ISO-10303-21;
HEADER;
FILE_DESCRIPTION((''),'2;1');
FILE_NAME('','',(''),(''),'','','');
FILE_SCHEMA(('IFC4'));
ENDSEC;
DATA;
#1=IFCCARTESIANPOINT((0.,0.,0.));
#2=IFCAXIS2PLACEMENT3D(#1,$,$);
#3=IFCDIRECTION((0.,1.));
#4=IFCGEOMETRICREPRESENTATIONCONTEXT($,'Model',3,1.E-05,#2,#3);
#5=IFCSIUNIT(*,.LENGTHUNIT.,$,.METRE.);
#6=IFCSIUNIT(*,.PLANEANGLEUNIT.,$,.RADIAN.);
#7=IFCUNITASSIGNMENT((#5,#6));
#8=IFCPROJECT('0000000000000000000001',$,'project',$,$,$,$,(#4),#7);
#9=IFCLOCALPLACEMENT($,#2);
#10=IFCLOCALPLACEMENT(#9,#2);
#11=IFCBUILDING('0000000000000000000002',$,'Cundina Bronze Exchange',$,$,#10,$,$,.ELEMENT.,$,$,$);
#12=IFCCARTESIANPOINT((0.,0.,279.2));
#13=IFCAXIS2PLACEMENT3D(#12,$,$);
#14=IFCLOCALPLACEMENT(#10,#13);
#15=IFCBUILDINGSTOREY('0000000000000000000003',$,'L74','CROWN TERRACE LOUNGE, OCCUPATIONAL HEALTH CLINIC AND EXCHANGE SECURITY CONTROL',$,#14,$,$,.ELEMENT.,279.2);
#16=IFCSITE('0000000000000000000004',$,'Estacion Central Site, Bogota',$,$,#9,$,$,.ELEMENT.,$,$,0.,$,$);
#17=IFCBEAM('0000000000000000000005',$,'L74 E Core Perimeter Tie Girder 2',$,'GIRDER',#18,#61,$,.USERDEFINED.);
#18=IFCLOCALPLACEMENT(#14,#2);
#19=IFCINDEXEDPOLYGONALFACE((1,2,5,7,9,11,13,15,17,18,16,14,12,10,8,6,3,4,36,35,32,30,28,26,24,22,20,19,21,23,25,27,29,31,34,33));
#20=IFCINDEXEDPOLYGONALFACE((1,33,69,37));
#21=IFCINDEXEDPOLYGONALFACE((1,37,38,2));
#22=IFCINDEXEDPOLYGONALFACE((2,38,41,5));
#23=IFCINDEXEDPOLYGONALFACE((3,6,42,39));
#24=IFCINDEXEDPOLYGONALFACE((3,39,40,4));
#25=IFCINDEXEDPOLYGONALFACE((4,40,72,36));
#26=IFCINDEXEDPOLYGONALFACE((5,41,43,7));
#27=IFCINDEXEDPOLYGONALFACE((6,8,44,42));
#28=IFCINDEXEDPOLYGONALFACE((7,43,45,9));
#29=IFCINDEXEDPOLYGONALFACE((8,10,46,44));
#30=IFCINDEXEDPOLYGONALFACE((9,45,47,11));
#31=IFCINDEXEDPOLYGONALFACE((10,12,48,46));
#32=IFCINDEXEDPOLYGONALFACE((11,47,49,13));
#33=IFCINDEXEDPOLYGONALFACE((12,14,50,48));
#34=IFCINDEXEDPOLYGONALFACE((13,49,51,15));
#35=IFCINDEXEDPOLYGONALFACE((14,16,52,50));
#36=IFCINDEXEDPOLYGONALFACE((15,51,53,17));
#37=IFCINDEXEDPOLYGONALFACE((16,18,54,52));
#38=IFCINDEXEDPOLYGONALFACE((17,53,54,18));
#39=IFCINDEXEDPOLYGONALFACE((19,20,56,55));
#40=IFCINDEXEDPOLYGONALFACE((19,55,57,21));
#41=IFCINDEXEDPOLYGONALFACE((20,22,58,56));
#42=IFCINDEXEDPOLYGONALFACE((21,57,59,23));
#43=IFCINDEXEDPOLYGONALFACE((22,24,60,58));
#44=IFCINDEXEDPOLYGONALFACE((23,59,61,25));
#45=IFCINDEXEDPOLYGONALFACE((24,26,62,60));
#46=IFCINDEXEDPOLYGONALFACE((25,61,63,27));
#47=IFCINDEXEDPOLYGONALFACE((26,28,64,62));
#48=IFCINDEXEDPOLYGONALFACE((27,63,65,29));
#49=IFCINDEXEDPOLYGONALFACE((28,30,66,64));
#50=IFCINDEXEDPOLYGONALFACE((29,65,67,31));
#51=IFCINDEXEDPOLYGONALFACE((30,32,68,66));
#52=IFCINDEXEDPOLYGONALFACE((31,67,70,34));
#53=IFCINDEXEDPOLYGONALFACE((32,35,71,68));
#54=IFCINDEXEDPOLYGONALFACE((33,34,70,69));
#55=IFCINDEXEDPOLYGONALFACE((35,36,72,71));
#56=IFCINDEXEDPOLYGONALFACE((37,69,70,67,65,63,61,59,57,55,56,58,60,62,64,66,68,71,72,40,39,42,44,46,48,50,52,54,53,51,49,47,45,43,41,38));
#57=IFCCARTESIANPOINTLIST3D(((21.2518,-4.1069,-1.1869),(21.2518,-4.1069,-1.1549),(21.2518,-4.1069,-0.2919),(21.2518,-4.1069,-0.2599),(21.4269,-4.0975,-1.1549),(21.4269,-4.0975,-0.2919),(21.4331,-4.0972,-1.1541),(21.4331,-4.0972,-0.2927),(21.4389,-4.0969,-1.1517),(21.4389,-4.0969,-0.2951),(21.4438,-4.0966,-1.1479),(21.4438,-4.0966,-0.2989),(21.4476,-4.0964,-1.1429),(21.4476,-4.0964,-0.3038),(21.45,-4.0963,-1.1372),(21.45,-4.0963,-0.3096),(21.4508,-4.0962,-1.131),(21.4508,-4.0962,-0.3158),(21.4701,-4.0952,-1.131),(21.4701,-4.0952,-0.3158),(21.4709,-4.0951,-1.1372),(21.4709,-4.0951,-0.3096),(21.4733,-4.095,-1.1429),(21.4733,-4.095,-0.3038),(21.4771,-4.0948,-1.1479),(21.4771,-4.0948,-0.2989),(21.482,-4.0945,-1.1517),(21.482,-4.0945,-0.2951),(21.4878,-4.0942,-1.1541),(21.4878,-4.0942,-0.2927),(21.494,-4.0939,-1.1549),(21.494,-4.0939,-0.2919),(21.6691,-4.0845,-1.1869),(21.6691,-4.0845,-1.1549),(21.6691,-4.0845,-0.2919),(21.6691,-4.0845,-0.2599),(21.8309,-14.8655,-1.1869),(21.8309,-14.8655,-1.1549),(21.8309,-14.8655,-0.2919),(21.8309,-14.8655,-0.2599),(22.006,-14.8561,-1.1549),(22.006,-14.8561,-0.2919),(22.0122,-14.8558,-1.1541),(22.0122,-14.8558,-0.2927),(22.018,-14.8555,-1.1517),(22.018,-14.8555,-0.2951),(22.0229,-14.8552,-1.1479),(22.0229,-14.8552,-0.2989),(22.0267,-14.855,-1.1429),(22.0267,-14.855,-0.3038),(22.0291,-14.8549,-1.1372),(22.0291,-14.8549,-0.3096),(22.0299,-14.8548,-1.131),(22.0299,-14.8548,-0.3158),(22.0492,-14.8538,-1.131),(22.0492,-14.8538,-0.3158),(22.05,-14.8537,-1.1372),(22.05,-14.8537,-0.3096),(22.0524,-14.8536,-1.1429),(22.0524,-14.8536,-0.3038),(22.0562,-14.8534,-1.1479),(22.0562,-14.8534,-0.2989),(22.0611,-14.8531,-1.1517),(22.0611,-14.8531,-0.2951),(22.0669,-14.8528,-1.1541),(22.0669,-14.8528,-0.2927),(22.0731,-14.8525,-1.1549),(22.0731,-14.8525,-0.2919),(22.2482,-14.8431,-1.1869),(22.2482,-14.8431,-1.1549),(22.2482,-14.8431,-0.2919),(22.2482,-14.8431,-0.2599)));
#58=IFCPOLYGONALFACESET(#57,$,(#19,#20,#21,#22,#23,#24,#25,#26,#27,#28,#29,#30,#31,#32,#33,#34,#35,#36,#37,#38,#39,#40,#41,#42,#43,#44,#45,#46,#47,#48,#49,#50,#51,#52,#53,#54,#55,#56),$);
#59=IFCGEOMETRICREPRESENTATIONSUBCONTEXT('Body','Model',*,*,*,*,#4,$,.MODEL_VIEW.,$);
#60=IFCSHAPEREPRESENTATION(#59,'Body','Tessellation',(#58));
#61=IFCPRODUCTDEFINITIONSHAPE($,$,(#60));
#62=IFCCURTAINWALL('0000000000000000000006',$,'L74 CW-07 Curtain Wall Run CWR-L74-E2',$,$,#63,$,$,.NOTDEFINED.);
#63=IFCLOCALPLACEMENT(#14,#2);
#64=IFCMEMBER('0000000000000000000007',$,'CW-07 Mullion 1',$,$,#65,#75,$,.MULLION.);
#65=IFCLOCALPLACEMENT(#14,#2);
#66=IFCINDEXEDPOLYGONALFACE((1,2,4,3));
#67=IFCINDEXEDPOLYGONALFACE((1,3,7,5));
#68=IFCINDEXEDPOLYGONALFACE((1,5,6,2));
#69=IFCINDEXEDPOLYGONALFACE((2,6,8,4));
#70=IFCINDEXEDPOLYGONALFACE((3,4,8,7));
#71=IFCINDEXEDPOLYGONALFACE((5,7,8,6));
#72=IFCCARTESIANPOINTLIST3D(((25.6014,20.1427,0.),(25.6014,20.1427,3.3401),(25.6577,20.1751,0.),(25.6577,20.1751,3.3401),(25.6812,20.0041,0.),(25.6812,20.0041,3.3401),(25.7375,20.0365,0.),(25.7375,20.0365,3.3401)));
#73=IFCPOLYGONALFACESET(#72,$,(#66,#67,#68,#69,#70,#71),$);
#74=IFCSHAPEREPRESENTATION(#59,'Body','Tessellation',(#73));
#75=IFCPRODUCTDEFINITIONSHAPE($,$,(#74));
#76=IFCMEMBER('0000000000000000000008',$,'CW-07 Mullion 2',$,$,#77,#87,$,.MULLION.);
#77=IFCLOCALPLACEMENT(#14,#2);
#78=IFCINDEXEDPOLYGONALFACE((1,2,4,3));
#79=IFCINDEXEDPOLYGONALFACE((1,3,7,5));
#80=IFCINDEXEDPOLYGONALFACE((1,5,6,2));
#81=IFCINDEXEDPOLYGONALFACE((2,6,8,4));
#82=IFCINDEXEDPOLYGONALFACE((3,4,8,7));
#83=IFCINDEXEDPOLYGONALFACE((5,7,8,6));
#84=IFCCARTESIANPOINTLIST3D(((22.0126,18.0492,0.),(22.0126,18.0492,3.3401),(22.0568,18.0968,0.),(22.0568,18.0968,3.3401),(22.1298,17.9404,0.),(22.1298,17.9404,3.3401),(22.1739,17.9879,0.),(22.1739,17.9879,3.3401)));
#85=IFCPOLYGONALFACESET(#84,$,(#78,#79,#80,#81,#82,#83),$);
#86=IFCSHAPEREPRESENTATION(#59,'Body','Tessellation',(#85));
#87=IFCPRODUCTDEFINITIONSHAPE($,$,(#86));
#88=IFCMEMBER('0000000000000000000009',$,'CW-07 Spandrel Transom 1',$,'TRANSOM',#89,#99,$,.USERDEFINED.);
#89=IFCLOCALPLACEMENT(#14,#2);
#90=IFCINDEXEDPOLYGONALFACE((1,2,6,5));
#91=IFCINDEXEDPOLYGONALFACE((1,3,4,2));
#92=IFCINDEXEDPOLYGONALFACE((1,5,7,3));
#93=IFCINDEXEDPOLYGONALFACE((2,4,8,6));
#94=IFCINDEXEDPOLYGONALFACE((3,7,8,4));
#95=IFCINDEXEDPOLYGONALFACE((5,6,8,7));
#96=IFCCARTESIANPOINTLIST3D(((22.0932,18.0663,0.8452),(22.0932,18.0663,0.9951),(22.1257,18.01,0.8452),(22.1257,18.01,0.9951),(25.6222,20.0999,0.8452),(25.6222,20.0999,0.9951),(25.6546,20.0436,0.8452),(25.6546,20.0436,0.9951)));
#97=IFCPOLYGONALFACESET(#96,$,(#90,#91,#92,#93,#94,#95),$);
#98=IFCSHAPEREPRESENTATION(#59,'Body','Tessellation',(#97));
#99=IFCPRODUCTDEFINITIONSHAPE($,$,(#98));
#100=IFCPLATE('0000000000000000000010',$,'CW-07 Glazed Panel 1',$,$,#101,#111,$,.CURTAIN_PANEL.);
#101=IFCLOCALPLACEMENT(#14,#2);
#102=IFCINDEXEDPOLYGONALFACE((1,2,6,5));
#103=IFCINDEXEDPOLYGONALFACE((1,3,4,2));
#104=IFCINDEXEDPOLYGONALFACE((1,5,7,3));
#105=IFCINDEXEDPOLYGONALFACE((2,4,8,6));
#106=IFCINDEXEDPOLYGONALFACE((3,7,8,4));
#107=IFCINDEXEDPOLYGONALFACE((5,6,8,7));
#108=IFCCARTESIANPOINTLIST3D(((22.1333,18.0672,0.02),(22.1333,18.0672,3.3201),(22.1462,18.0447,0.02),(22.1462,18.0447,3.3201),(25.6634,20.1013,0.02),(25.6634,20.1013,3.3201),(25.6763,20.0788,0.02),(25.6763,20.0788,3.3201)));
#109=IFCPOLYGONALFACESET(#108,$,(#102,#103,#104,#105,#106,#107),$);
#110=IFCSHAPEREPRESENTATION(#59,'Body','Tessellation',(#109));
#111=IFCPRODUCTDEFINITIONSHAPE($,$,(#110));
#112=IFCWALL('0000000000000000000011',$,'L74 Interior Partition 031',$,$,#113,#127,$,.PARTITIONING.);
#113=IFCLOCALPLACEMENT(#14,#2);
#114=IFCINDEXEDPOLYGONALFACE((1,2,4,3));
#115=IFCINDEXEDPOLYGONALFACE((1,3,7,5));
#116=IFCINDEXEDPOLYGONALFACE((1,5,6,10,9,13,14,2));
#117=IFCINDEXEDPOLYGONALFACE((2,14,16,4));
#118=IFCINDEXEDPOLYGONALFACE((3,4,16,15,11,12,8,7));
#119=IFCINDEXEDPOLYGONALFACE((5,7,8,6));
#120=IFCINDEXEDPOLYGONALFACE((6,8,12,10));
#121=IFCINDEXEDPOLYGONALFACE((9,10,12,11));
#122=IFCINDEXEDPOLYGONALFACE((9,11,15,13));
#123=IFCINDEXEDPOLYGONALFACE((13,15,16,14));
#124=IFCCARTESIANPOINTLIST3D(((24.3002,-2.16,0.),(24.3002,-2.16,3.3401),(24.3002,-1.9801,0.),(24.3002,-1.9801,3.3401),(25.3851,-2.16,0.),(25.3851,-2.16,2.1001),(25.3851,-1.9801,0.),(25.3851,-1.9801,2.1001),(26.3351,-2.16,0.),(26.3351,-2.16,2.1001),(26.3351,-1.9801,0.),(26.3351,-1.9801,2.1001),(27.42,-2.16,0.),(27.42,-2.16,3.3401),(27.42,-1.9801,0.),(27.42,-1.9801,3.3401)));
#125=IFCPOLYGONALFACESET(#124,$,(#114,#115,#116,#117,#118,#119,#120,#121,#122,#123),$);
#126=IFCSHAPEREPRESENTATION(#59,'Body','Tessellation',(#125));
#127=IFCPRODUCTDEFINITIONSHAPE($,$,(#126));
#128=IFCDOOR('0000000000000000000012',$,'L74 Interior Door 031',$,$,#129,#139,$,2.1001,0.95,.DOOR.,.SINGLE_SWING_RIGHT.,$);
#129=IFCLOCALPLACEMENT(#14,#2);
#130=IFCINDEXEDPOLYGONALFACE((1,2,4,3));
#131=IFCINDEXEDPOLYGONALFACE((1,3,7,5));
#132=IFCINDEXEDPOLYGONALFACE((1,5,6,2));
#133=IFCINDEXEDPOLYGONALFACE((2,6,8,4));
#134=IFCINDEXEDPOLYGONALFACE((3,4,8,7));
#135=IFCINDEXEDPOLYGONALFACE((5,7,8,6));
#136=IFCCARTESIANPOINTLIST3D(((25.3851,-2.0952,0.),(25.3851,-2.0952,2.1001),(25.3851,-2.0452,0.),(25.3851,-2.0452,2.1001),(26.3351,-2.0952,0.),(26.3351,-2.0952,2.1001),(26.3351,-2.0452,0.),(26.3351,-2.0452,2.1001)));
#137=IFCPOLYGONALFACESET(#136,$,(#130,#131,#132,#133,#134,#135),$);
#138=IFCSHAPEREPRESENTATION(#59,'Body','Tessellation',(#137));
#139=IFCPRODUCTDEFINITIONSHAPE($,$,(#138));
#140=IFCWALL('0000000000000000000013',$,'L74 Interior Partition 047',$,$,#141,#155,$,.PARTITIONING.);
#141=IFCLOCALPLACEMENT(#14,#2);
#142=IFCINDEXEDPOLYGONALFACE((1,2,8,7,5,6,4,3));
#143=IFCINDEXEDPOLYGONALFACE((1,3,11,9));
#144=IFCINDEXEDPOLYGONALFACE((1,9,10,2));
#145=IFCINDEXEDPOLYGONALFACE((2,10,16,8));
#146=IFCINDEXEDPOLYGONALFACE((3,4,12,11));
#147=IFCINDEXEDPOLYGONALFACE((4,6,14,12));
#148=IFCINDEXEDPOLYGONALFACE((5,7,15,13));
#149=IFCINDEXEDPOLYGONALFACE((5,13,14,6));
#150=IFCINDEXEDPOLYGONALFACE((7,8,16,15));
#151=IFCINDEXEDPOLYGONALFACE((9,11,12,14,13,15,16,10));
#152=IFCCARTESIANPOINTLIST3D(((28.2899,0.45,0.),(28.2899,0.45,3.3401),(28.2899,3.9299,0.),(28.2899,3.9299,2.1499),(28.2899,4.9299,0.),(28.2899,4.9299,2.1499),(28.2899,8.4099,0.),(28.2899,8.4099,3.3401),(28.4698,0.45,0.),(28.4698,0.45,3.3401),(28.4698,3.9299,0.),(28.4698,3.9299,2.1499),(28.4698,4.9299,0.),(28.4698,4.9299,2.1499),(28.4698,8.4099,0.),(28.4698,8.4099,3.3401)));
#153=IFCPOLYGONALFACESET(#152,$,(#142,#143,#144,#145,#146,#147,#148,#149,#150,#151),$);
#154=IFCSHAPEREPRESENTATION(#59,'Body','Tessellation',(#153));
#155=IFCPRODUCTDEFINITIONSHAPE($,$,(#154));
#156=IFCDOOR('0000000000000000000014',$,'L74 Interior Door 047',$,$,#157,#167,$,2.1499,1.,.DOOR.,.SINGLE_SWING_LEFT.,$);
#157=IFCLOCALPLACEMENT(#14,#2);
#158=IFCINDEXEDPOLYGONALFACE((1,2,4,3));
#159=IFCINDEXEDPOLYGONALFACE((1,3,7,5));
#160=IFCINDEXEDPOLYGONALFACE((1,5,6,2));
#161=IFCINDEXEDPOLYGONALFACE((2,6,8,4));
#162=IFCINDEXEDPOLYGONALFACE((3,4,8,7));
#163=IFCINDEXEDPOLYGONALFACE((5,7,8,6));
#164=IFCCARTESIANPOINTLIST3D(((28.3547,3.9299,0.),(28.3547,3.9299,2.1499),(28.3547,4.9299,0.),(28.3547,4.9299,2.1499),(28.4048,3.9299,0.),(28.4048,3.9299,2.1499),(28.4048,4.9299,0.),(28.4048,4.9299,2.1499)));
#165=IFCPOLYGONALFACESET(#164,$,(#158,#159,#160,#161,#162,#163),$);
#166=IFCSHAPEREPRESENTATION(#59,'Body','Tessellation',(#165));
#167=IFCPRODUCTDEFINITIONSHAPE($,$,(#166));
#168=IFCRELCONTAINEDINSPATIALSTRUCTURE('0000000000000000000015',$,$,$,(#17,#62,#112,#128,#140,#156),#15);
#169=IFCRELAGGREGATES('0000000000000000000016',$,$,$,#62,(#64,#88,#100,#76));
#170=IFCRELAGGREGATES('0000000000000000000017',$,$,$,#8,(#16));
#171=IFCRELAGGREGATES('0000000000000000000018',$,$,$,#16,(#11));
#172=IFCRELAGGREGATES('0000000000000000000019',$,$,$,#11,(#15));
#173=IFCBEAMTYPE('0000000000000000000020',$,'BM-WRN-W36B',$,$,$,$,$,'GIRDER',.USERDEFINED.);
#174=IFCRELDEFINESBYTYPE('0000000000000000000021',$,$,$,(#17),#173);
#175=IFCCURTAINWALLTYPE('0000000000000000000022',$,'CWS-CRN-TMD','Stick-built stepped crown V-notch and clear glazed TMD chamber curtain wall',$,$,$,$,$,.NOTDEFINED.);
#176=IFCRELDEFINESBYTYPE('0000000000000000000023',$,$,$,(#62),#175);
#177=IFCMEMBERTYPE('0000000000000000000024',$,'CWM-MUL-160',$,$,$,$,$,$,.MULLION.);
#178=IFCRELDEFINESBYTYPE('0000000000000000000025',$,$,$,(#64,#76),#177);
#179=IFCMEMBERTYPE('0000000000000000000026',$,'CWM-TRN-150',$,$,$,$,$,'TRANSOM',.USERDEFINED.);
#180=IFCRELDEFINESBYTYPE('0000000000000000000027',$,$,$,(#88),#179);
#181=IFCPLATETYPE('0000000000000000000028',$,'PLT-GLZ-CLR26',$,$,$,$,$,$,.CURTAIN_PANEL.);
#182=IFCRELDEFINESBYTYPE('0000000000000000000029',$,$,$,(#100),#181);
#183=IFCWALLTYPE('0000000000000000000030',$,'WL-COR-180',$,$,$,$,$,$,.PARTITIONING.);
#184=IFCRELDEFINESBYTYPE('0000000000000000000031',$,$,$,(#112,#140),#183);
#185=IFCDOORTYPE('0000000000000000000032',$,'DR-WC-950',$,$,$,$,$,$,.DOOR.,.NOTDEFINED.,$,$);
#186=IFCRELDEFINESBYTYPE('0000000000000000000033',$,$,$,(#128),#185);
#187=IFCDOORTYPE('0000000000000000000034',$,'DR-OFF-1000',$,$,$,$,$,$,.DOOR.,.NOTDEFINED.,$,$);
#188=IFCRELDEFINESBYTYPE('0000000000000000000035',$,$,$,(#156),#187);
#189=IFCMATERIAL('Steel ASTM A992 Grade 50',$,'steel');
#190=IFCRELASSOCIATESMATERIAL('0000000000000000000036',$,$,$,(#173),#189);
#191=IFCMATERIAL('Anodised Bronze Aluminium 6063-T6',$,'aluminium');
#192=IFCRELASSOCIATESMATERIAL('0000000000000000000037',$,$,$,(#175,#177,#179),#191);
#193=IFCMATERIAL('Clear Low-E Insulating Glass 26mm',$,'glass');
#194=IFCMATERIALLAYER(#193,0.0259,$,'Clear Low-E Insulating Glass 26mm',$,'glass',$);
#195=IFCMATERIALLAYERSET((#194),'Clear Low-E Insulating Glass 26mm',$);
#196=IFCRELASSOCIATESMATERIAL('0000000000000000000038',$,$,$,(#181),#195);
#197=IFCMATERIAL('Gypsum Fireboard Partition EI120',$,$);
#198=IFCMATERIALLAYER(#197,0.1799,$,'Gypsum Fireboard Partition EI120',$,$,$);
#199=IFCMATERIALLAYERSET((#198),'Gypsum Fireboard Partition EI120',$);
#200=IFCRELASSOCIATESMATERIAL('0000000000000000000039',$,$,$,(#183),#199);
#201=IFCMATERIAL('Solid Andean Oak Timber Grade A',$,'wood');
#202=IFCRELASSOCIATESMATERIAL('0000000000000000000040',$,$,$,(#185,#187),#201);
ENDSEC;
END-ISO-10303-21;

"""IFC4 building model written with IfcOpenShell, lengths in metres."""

from ifc_helpers import new_model, si_unit, direction, frame, frame_2d, origin, origin_2d, place, context, subcontext, project, spatial, rectangle, i_section, extrude, material, layer, layer_set, material_profile, profile_set, type_object, element, fill, aggregate, save


model = new_model("IFC4")

# Units and contexts
model_context = context("Model", 3, precision=1e-05, world=origin(), true_north=direction((0.0, 1.0)))
body_context = subcontext(model_context, "Body", "Model", "MODEL_VIEW")
ifc_project = project(units=[si_unit("LENGTHUNIT", "METRE"), si_unit("PLANEANGLEUNIT", "RADIAN")], contexts=[model_context])

# Site, building, storey
site_placement = place(None, origin())
site = spatial("IfcSite", under=ifc_project, at=site_placement, Name="Estacion Central Site, Bogota", CompositionType="ELEMENT", RefElevation=0.0)
building_placement = place(site_placement, origin())
building = spatial("IfcBuilding", under=site, at=building_placement, Name="Cundina Bronze Exchange", CompositionType="ELEMENT")
storey_placement = place(building_placement, frame((0.0, 0.0, 279.2)))
storey = spatial("IfcBuildingStorey", under=building, at=storey_placement, Name="L74", Description="CROWN TERRACE LOUNGE, OCCUPATIONAL HEALTH CLINIC AND EXCHANGE SECURITY CONTROL", CompositionType="ELEMENT", Elevation=279.2)

# Shared definitions
ifc_material_1 = material(Name="Steel ASTM A992 Grade 50", Category="steel")

# Beam
ifc_material_profile_1 = material_profile(ifc_material_1, i_section(OverallWidth=0.418, OverallDepth=0.927, WebThickness=0.0193, FlangeThickness=0.032, FilletRadius=0.0239, at=origin_2d()), Name="W36X231", Category="steel")
ifc_profile_set_1 = profile_set([ifc_material_profile_1], Name="Steel ASTM A992 Grade 50")
beam_type_1 = type_object("IfcBeamType", Name="BM-WRN-W36B", ElementType="GIRDER", PredefinedType="USERDEFINED", material=ifc_profile_set_1)
beam_1_placement = place(storey_placement, frame((21.4604, -4.0957, -0.7234), z_axis=(0.053749, -0.998554, 0.0), x_axis=(0.998554, 0.053749, 0.0)))
element("IfcBeam", 1, at=beam_1_placement, inside=storey, type_object=beam_type_1, Name="L74 E Core Perimeter Tie Girder 2", ObjectType="GIRDER", PredefinedType="USERDEFINED", context=body_context, shape_type="SweptSolid", body=[
    extrude(i_section(OverallWidth=0.418, OverallDepth=0.927, WebThickness=0.0193, FlangeThickness=0.032, FilletRadius=0.0239, at=origin_2d()), origin(), (0.0, 0.0, 1.0), 10.7742),
])

# Curtain wall, members, plate
ifc_material_2 = material(Name="Anodised Bronze Aluminium 6063-T6", Category="aluminium")
curtain_wall_type = type_object("IfcCurtainWallType", Name="CWS-CRN-TMD", Description="Stick-built stepped crown V-notch and clear glazed TMD chamber curtain wall", PredefinedType="NOTDEFINED", material=ifc_material_2)
curtain_wall_placement = place(storey_placement, origin())
curtain_wall = element("IfcCurtainWall", 2, at=curtain_wall_placement, inside=storey, type_object=curtain_wall_type, Name="L74 CW-07 Curtain Wall Run CWR-L74-E2", PredefinedType="NOTDEFINED")
ifc_material_profile_2 = material_profile(ifc_material_2, rectangle(XDim=0.0649, YDim=0.1599, at=origin_2d()), Name="AL65X160", Category="aluminium")
ifc_profile_set_2 = profile_set([ifc_material_profile_2], Name="Anodised Bronze Aluminium 6063-T6")
member_type_1 = type_object("IfcMemberType", Name="CWM-MUL-160", PredefinedType="MULLION", material=ifc_profile_set_2)
member_1_placement = place(storey_placement, frame((25.6694, 20.0896, 0.0), z_axis=(0.0, 0.0, 1.0), x_axis=(-0.866461, -0.499244, 0.0)))
member_1 = element("IfcMember", 3, at=member_1_placement, type_object=member_type_1, Name="CW-07 Mullion 1", PredefinedType="MULLION", context=body_context, shape_type="SweptSolid", body=[
    extrude(rectangle(XDim=0.0649, YDim=0.1599, at=origin_2d()), origin(), (0.0, 0.0, 1.0), 3.3401),
])
member_2_placement = place(storey_placement, frame((22.0933, 18.0186, 0.0), z_axis=(0.0, 0.0, 1.0), x_axis=(-0.680465, -0.73278, 0.0)))
member_2 = element("IfcMember", 4, at=member_2_placement, type_object=member_type_1, Name="CW-07 Mullion 2", PredefinedType="MULLION", context=body_context, shape_type="SweptSolid", body=[
    extrude(rectangle(XDim=0.0649, YDim=0.1599, at=origin_2d()), origin(), (0.0, 0.0, 1.0), 3.3401),
])
ifc_material_profile_3 = material_profile(ifc_material_2, rectangle(XDim=0.0649, YDim=0.1499, at=origin_2d()), Name="AL65X150", Category="aluminium")
ifc_profile_set_3 = profile_set([ifc_material_profile_3], Name="Anodised Bronze Aluminium 6063-T6")
member_type_2 = type_object("IfcMemberType", Name="CWM-TRN-150", ElementType="TRANSOM", PredefinedType="USERDEFINED", material=ifc_profile_set_3)
member_3_placement = place(storey_placement, frame((25.6384, 20.0718, 0.9202), z_axis=(-0.86643, -0.499299, 0.0), x_axis=(0.499299, -0.86643, 0.0)))
member_3 = element("IfcMember", 5, at=member_3_placement, type_object=member_type_2, Name="CW-07 Spandrel Transom 1", ObjectType="TRANSOM", PredefinedType="USERDEFINED", context=body_context, shape_type="SweptSolid", body=[
    extrude(rectangle(XDim=0.0649, YDim=0.1499, at=origin_2d()), origin(), (0.0, 0.0, 1.0), 4.073),
])
ifc_material_3 = material(Name="Clear Low-E Insulating Glass 26mm", Category="glass")
ifc_layer_1 = layer(ifc_material_3, 0.0259, Name="Clear Low-E Insulating Glass 26mm", Category="glass")
ifc_layer_set_1 = layer_set([ifc_layer_1], Name="Clear Low-E Insulating Glass 26mm")
plate_type = type_object("IfcPlateType", Name="PLT-GLZ-CLR26", PredefinedType="CURTAIN_PANEL", material=ifc_layer_set_1)
plate_placement = place(storey_placement, frame((23.9048, 19.073, 0.02), z_axis=(0.0, 0.0, 1.0), x_axis=(-0.866453, -0.499259, 0.0)))
plate = element("IfcPlate", 6, at=plate_placement, type_object=plate_type, Name="CW-07 Glazed Panel 1", PredefinedType="CURTAIN_PANEL", context=body_context, shape_type="SweptSolid", body=[
    extrude(rectangle(XDim=4.0742, YDim=0.0259, at=origin_2d()), origin(), (0.0, 0.0, 1.0), 3.3),
])
aggregate(curtain_wall, [member_1, member_3, plate, member_2])

# Walls, openings, doors
ifc_material_4 = material(Name="Gypsum Fireboard Partition EI120")
ifc_layer_2 = layer(ifc_material_4, 0.1799, Name="Gypsum Fireboard Partition EI120")
ifc_layer_set_2 = layer_set([ifc_layer_2], Name="Gypsum Fireboard Partition EI120")
wall_type_1 = type_object("IfcWallType", Name="WL-COR-180", PredefinedType="PARTITIONING", material=ifc_layer_set_2)
wall_1_placement = place(storey_placement, frame((24.3, -2.0701, 0.0), z_axis=(0.0, 0.0, 1.0), x_axis=(1.0, 0.0, 0.0)))
wall_1 = element("IfcWall", 7, at=wall_1_placement, inside=storey, type_object=wall_type_1, Name="L74 Interior Partition 031", PredefinedType="PARTITIONING", context=body_context, shape_type="SweptSolid", body=[
    extrude(rectangle(XDim=3.1199, YDim=0.1799, at=frame_2d((1.5601, 0.0))), origin(), (0.0, 0.0, 1.0), 3.3401),
])
opening_1_placement = place(wall_1_placement, frame((1.085, 0.0, 0.0)))
opening_1 = element("IfcOpeningElement", 8, at=opening_1_placement, cuts=wall_1, PredefinedType="OPENING", context=body_context, shape_type="SweptSolid", body=[
    extrude(rectangle(XDim=0.95, YDim=2.1001, at=frame_2d((0.4751, 1.05))), frame((0.0, 0.0999, 0.0), z_axis=(0.0, -1.0, 0.0), x_axis=(1.0, 0.0, 0.0)), (0.0, 0.0, 1.0), 0.2),
])
ifc_material_5 = material(Name="Solid Andean Oak Timber Grade A", Category="wood")
door_type_1 = type_object("IfcDoorType", Name="DR-WC-950", OperationType="NOTDEFINED", PredefinedType="DOOR", material=ifc_material_5)
door_1_placement = place(opening_1_placement, origin())
door_1 = element("IfcDoor", 9, at=door_1_placement, inside=storey, type_object=door_type_1, Name="L74 Interior Door 031", OperationType="SINGLE_SWING_RIGHT", OverallHeight=2.1001, OverallWidth=0.95, PredefinedType="DOOR", context=body_context, shape_type="SweptSolid", body=[
    extrude(rectangle(XDim=0.95, YDim=2.1001, at=frame_2d((0.4751, 1.05))), frame((0.0, 0.0249, 0.0), z_axis=(0.0, -1.0, 0.0), x_axis=(1.0, 0.0, 0.0)), (0.0, 0.0, 1.0), 0.05),
])
fill(opening_1, door_1)
wall_2_placement = place(storey_placement, frame((28.3799, 8.4099, 0.0), z_axis=(0.0, 0.0, 1.0), x_axis=(0.0, -1.0, 0.0)))
wall_2 = element("IfcWall", 10, at=wall_2_placement, inside=storey, type_object=wall_type_1, Name="L74 Interior Partition 047", PredefinedType="PARTITIONING", context=body_context, shape_type="SweptSolid", body=[
    extrude(rectangle(XDim=7.96, YDim=0.1799, at=frame_2d((3.98, 0.0))), origin(), (0.0, 0.0, 1.0), 3.3401),
])
opening_2_placement = place(wall_2_placement, frame((3.48, 0.0, 0.0)))
opening_2 = element("IfcOpeningElement", 11, at=opening_2_placement, cuts=wall_2, PredefinedType="OPENING", context=body_context, shape_type="SweptSolid", body=[
    extrude(rectangle(XDim=1.0, YDim=2.1499, at=frame_2d((0.5, 1.075))), frame((0.0, 0.0999, 0.0), z_axis=(0.0, -1.0, 0.0), x_axis=(1.0, 0.0, 0.0)), (0.0, 0.0, 1.0), 0.2),
])
door_type_2 = type_object("IfcDoorType", Name="DR-OFF-1000", OperationType="NOTDEFINED", PredefinedType="DOOR", material=ifc_material_5)
door_2_placement = place(opening_2_placement, origin())
door_2 = element("IfcDoor", 12, at=door_2_placement, inside=storey, type_object=door_type_2, Name="L74 Interior Door 047", OperationType="SINGLE_SWING_LEFT", OverallHeight=2.1499, OverallWidth=1.0, PredefinedType="DOOR", context=body_context, shape_type="SweptSolid", body=[
    extrude(rectangle(XDim=1.0, YDim=2.1499, at=frame_2d((0.5, 1.075))), frame((0.0, 0.0249, 0.0), z_axis=(0.0, -1.0, 0.0), x_axis=(1.0, 0.0, 0.0)), (0.0, 0.0, 1.0), 0.05),
])
fill(opening_2, door_2)

save(model, "model.ifc")
